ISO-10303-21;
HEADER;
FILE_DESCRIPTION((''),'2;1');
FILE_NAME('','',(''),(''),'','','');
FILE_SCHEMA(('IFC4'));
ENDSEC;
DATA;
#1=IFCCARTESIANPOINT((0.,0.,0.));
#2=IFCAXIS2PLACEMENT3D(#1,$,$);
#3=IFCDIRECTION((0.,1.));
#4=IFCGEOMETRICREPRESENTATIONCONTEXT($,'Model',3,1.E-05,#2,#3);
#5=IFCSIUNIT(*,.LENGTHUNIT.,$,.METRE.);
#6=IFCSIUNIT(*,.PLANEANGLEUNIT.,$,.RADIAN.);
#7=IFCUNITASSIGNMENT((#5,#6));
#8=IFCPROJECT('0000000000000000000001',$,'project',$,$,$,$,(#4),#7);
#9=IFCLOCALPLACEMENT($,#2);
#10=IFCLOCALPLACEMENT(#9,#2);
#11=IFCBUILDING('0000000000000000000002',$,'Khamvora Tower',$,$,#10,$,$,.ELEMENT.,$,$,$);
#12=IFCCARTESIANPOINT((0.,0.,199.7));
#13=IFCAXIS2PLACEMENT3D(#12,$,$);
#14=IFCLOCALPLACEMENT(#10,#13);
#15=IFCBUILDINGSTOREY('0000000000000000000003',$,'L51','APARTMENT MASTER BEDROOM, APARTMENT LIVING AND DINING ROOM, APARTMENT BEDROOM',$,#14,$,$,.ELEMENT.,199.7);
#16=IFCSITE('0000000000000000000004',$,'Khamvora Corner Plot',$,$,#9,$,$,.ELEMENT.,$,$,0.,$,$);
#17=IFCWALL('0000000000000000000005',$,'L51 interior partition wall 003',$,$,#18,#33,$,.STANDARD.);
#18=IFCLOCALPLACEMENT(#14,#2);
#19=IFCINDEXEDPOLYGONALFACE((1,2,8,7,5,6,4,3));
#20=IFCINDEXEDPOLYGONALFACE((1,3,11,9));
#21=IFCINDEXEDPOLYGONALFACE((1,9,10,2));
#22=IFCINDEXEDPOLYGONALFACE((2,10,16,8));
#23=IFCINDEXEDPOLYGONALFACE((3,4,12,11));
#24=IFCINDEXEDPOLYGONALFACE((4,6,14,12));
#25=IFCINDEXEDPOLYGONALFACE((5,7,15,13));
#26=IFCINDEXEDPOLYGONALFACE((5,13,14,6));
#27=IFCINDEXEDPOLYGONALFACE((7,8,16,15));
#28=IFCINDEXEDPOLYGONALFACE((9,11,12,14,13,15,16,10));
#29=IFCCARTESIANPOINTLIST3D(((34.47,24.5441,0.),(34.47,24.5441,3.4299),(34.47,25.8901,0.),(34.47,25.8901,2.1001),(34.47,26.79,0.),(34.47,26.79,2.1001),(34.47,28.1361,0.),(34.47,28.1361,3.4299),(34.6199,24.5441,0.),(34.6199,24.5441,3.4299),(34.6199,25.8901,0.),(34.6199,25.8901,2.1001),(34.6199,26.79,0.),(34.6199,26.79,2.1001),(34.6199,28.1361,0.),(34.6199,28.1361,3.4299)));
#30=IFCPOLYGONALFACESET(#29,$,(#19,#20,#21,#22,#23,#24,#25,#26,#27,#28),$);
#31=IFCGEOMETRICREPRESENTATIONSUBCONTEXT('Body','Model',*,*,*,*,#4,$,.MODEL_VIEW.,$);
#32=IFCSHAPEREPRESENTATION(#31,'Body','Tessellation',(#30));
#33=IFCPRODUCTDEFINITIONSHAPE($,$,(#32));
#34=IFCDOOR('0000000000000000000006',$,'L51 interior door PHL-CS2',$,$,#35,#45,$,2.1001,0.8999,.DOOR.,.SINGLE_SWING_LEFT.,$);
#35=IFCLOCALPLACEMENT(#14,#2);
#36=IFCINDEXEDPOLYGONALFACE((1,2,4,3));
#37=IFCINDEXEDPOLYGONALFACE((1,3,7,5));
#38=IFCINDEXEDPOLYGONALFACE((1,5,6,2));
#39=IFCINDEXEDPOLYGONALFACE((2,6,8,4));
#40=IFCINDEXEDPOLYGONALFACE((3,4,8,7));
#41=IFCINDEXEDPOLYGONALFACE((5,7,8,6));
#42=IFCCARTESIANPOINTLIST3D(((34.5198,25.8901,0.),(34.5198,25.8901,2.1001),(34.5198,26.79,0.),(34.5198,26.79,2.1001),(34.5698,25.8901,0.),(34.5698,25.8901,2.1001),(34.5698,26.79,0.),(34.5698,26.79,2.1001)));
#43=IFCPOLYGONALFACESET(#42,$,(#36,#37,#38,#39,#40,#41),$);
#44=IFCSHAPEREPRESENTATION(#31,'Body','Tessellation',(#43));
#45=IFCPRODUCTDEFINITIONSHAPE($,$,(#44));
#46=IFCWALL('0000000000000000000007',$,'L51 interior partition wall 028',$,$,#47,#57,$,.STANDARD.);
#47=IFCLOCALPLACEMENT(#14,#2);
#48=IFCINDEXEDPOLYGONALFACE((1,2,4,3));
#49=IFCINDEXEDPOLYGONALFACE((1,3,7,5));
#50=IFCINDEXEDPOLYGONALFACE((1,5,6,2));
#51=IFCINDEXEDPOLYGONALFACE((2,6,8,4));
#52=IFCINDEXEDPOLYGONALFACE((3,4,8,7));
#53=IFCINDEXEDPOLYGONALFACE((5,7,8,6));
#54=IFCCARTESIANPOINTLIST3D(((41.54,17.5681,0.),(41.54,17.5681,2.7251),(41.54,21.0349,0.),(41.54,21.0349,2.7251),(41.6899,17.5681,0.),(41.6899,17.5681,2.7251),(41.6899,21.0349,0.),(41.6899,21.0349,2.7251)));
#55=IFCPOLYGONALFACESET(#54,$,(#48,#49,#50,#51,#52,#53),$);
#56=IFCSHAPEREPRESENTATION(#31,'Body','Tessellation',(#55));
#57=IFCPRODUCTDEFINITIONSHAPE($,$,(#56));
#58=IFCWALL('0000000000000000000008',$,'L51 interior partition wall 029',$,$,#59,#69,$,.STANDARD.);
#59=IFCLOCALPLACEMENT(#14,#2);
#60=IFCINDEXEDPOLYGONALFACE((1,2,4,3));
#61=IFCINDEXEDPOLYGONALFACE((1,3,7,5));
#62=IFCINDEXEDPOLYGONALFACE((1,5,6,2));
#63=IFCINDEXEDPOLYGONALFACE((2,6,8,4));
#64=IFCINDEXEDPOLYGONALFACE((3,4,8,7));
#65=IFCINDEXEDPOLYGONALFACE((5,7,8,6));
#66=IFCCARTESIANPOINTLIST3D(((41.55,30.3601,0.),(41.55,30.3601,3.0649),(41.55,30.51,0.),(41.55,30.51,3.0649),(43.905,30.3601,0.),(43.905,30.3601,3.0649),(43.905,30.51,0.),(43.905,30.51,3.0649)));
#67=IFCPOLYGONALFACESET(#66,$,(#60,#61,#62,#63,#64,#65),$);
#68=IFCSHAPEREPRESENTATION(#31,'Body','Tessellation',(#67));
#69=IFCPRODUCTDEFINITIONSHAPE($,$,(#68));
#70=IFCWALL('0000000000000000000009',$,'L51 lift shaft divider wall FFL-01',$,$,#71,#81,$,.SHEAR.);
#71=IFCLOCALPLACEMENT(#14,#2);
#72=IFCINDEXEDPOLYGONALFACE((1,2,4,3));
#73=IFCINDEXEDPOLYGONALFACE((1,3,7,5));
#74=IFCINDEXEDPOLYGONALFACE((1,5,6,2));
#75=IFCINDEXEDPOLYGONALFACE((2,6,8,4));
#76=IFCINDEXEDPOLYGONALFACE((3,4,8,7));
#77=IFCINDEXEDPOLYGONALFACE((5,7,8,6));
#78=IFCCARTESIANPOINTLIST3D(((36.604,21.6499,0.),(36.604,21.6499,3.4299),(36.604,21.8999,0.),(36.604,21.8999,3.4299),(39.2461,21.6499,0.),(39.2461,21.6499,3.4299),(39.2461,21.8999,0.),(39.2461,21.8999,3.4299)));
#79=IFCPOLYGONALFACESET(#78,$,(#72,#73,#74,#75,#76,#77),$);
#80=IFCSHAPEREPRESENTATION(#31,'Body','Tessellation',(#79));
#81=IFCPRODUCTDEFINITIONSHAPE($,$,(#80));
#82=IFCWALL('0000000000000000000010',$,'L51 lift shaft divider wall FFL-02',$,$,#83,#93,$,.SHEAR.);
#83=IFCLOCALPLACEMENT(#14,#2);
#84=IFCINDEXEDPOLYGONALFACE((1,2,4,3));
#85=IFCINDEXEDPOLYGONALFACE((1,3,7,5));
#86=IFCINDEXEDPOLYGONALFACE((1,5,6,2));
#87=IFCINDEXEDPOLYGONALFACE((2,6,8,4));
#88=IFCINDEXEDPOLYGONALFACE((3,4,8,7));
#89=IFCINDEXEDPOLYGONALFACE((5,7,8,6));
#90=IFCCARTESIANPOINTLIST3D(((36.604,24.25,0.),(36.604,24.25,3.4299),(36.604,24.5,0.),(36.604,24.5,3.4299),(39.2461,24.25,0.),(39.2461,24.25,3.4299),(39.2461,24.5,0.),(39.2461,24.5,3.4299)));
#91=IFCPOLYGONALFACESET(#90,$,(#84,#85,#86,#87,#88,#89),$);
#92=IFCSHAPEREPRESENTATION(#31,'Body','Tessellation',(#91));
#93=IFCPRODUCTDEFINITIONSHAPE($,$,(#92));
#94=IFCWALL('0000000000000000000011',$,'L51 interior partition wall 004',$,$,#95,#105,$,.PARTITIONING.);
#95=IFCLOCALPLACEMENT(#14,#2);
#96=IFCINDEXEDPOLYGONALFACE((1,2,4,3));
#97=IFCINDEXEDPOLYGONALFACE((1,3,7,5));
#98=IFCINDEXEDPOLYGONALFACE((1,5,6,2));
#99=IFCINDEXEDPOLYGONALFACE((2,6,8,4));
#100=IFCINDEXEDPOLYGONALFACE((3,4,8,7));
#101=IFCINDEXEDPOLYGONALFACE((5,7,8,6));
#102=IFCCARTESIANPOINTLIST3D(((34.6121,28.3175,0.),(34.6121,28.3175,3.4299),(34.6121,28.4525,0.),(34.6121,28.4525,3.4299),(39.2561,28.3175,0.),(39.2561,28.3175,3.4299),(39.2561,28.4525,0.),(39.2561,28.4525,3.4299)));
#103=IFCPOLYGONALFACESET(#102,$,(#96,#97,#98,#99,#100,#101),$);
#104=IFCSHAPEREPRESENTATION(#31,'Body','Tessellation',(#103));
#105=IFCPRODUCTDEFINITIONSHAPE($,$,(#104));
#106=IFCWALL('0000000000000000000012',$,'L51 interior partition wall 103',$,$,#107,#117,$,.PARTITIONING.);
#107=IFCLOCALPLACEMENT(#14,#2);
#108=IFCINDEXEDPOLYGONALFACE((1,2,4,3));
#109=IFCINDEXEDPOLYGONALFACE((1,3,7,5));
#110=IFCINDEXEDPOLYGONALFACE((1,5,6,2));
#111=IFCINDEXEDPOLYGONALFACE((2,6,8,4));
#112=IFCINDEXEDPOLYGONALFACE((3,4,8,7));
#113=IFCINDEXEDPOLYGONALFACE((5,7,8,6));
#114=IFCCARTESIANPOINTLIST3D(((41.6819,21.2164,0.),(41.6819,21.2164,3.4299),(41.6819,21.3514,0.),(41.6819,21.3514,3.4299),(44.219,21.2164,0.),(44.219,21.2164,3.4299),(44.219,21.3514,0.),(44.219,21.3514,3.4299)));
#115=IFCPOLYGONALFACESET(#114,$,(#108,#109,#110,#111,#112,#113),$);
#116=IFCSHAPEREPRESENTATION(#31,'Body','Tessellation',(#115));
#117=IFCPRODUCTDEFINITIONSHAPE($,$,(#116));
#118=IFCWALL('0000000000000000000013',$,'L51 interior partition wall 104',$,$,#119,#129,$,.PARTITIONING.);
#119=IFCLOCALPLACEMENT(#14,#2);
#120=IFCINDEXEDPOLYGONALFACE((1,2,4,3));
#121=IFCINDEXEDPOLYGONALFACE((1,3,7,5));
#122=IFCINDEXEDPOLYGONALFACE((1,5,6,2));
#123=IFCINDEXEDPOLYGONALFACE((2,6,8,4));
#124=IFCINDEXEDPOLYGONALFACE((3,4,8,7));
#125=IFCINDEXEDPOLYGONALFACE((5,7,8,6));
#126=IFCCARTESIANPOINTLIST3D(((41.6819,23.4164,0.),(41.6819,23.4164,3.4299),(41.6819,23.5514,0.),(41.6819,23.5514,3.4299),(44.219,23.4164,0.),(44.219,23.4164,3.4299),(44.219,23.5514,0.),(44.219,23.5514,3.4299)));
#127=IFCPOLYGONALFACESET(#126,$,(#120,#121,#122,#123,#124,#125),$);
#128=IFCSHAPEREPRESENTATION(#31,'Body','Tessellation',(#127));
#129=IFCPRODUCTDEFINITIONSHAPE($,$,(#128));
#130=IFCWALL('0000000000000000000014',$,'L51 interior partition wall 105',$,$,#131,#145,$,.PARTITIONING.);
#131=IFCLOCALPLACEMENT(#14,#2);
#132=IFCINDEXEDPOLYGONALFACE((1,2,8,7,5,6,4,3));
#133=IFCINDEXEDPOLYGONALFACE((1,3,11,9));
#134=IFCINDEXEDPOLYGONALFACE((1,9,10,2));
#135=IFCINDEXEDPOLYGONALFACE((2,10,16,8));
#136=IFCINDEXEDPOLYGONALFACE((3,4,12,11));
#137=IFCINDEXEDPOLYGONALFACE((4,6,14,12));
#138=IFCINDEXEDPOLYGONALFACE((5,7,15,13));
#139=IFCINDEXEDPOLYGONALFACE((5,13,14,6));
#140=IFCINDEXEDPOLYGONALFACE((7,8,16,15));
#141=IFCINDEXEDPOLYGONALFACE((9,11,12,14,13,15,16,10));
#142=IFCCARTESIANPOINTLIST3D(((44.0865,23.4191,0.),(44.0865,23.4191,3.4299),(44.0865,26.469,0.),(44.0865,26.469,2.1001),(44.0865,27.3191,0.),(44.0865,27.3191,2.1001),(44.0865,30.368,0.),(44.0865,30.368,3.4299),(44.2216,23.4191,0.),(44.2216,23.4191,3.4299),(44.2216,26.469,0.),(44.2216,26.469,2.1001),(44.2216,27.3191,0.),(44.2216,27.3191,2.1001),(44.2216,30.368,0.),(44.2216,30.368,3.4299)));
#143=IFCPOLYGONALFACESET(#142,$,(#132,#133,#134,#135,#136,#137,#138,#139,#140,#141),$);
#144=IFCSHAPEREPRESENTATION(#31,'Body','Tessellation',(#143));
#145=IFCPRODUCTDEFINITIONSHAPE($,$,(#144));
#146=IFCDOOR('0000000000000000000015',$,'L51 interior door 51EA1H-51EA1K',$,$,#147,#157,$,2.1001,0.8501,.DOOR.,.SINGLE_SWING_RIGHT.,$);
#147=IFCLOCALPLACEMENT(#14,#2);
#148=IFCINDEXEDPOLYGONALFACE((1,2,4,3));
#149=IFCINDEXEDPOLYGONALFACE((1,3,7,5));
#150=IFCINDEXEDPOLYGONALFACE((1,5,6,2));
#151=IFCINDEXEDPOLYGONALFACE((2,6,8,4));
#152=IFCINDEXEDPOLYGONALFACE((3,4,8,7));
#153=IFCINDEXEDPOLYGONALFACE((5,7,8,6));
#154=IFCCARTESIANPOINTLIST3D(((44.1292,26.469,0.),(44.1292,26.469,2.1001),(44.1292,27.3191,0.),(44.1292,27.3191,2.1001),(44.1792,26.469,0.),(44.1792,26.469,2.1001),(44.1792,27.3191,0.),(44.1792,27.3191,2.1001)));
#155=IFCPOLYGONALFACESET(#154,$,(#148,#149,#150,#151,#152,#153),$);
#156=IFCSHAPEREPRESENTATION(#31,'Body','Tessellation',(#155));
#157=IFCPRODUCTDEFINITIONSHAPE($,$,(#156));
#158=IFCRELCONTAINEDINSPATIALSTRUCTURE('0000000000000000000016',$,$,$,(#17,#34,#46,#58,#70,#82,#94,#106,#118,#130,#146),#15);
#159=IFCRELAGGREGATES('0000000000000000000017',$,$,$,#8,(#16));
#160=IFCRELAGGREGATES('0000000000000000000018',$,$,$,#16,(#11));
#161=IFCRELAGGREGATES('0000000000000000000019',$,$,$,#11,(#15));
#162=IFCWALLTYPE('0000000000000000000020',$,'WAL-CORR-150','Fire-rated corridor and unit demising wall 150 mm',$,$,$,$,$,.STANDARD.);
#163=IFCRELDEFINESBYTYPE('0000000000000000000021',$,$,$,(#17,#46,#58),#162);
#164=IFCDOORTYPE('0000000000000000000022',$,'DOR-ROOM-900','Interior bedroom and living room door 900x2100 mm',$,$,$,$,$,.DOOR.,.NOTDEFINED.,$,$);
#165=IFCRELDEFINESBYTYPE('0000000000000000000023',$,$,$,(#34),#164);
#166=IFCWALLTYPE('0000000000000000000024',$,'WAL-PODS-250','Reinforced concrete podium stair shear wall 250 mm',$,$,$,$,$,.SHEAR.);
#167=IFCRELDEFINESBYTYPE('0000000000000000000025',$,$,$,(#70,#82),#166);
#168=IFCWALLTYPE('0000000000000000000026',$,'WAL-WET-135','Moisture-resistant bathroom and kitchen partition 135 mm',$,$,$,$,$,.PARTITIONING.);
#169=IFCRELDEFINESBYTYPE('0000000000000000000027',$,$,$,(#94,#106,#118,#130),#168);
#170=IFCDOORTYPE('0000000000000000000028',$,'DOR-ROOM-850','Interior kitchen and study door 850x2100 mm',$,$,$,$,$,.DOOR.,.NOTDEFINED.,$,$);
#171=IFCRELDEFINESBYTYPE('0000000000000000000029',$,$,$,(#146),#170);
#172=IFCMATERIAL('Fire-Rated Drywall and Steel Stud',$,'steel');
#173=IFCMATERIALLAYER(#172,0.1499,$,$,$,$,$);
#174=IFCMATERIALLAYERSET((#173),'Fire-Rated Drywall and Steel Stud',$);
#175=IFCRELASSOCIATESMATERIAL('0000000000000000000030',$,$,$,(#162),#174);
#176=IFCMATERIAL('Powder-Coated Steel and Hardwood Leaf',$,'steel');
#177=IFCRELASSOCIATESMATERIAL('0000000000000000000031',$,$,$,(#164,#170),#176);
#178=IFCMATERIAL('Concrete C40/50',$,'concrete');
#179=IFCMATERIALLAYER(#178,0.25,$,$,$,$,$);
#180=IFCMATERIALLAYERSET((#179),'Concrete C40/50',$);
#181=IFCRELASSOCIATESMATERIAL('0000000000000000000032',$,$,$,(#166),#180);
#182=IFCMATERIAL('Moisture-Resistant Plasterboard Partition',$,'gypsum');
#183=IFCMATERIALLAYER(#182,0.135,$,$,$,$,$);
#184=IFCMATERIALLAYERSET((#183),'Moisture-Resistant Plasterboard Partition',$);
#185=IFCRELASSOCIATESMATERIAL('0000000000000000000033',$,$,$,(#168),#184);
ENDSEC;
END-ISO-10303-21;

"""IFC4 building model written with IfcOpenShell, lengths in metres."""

from ifc_helpers import new_model, si_unit, direction, frame, frame_2d, origin, place, context, subcontext, project, spatial, rectangle, extrude, material, layer, layer_set, type_object, element, fill, save


model = new_model("IFC4")

# Units and contexts
model_context = context("Model", 3, precision=1e-05, world=origin(), true_north=direction((0.0, 1.0)))
body_context = subcontext(model_context, "Body", "Model", "MODEL_VIEW")
ifc_project = project(units=[si_unit("LENGTHUNIT", "METRE"), si_unit("PLANEANGLEUNIT", "RADIAN")], contexts=[model_context])

# Site, building, storey
site_placement = place(None, origin())
site = spatial("IfcSite", under=ifc_project, at=site_placement, Name="Khamvora Corner Plot", CompositionType="ELEMENT", RefElevation=0.0)
building_placement = place(site_placement, origin())
building = spatial("IfcBuilding", under=site, at=building_placement, Name="Khamvora Tower", CompositionType="ELEMENT")
storey_placement = place(building_placement, frame((0.0, 0.0, 199.7)))
storey = spatial("IfcBuildingStorey", under=building, at=storey_placement, Name="L51", Description="APARTMENT MASTER BEDROOM, APARTMENT LIVING AND DINING ROOM, APARTMENT BEDROOM", CompositionType="ELEMENT", Elevation=199.7)

# Shared definitions
ifc_material_1 = material(Name="Powder-Coated Steel and Hardwood Leaf", Category="steel")

# Wall, opening, door
ifc_material_2 = material(Name="Fire-Rated Drywall and Steel Stud", Category="steel")
ifc_layer_1 = layer(ifc_material_2, 0.1499)
ifc_layer_set_1 = layer_set([ifc_layer_1], Name="Fire-Rated Drywall and Steel Stud")
wall_type_1 = type_object("IfcWallType", Name="WAL-CORR-150", Description="Fire-rated corridor and unit demising wall 150 mm", PredefinedType="STANDARD", material=ifc_layer_set_1)
wall_1_placement = place(storey_placement, frame((34.5449, 28.136, 0.0), z_axis=(0.0, 0.0, 1.0), x_axis=(0.0, -1.0, 0.0)))
wall_1 = element("IfcWall", 1, at=wall_1_placement, inside=storey, type_object=wall_type_1, Name="L51 interior partition wall 003", PredefinedType="STANDARD", context=body_context, shape_type="SweptSolid", body=[
    extrude(rectangle(XDim=3.592, YDim=0.1499, at=frame_2d((1.7959, 0.0))), origin(), (0.0, 0.0, 1.0), 3.4299),
])
opening_1_placement = place(wall_1_placement, frame((1.3459, 0.0, 0.0)))
opening_1 = element("IfcOpeningElement", 2, at=opening_1_placement, cuts=wall_1, PredefinedType="OPENING", context=body_context, shape_type="SweptSolid", body=[
    extrude(rectangle(XDim=0.8999, YDim=2.1001, at=frame_2d((0.45, 1.05))), frame((0.0, 0.085, 0.0), z_axis=(0.0, -1.0, 0.0), x_axis=(1.0, 0.0, 0.0)), (0.0, 0.0, 1.0), 0.1699),
])
door_type_1 = type_object("IfcDoorType", Name="DOR-ROOM-900", Description="Interior bedroom and living room door 900x2100 mm", OperationType="NOTDEFINED", PredefinedType="DOOR", material=ifc_material_1)
door_1_placement = place(opening_1_placement, origin())
door_1 = element("IfcDoor", 3, at=door_1_placement, inside=storey, type_object=door_type_1, Name="L51 interior door PHL-CS2", OperationType="SINGLE_SWING_LEFT", OverallHeight=2.1001, OverallWidth=0.8999, PredefinedType="DOOR", context=body_context, shape_type="SweptSolid", body=[
    extrude(rectangle(XDim=0.8999, YDim=2.1001, at=frame_2d((0.45, 1.05))), frame((0.0, 0.0249, 0.0), z_axis=(0.0, -1.0, 0.0), x_axis=(1.0, 0.0, 0.0)), (0.0, 0.0, 1.0), 0.05),
])
fill(opening_1, door_1)

# Walls
wall_2_placement = place(storey_placement, frame((41.615, 21.0349, 0.0), z_axis=(0.0, 0.0, 1.0), x_axis=(0.0, -1.0, 0.0)))
element("IfcWall", 4, at=wall_2_placement, inside=storey, type_object=wall_type_1, Name="L51 interior partition wall 028", PredefinedType="STANDARD", context=body_context, shape_type="SweptSolid", body=[
    extrude(rectangle(XDim=3.4668, YDim=0.1499, at=frame_2d((1.7334, 0.0))), origin(), (0.0, 0.0, 1.0), 2.7251),
])
wall_3_placement = place(storey_placement, frame((43.905, 30.4351, 0.0), z_axis=(0.0, 0.0, 1.0), x_axis=(-1.0, 0.0, 0.0)))
element("IfcWall", 5, at=wall_3_placement, inside=storey, type_object=wall_type_1, Name="L51 interior partition wall 029", PredefinedType="STANDARD", context=body_context, shape_type="SweptSolid", body=[
    extrude(rectangle(XDim=2.355, YDim=0.1499, at=frame_2d((1.1775, 0.0))), origin(), (0.0, 0.0, 1.0), 3.0649),
])
ifc_material_3 = material(Name="Concrete C40/50", Category="concrete")
ifc_layer_2 = layer(ifc_material_3, 0.25)
ifc_layer_set_2 = layer_set([ifc_layer_2], Name="Concrete C40/50")
wall_type_2 = type_object("IfcWallType", Name="WAL-PODS-250", Description="Reinforced concrete podium stair shear wall 250 mm", PredefinedType="SHEAR", material=ifc_layer_set_2)
for number, where, z_axis, x_axis, name in (
    (6, (36.604, 21.7749, 0.0), (0.0, 0.0, 1.0), (1.0, 0.0, 0.0), "L51 lift shaft divider wall FFL-01"),
    (7, (36.604, 24.375, 0.0), (0.0, 0.0, 1.0), (1.0, 0.0, 0.0), "L51 lift shaft divider wall FFL-02"),
):
    element("IfcWall", number, at=place(storey_placement, frame(where, z_axis=z_axis, x_axis=x_axis)), inside=storey, type_object=wall_type_2, Name=name, PredefinedType="SHEAR", context=body_context, shape_type="SweptSolid", body=[
        extrude(rectangle(XDim=2.6421, YDim=0.25, at=frame_2d((1.321, 0.0))), origin(), (0.0, 0.0, 1.0), 3.4299),
    ])
ifc_material_4 = material(Name="Moisture-Resistant Plasterboard Partition", Category="gypsum")
ifc_layer_3 = layer(ifc_material_4, 0.135)
ifc_layer_set_3 = layer_set([ifc_layer_3], Name="Moisture-Resistant Plasterboard Partition")
wall_type_3 = type_object("IfcWallType", Name="WAL-WET-135", Description="Moisture-resistant bathroom and kitchen partition 135 mm", PredefinedType="PARTITIONING", material=ifc_layer_set_3)
wall_4_placement = place(storey_placement, frame((39.2561, 28.385, 0.0), z_axis=(0.0, 0.0, 1.0), x_axis=(-1.0, 0.0, 0.0)))
element("IfcWall", 8, at=wall_4_placement, inside=storey, type_object=wall_type_3, Name="L51 interior partition wall 004", PredefinedType="PARTITIONING", context=body_context, shape_type="SweptSolid", body=[
    extrude(rectangle(XDim=4.644, YDim=0.135, at=frame_2d((2.322, 0.0))), origin(), (0.0, 0.0, 1.0), 3.4299),
])
for number, where, z_axis, x_axis, name in (
    (9, (44.219, 21.2839, 0.0), (0.0, 0.0, 1.0), (-1.0, 0.0, 0.0), "L51 interior partition wall 103"),
    (10, (41.6819, 23.4839, 0.0), (0.0, 0.0, 1.0), (1.0, 0.0, 0.0), "L51 interior partition wall 104"),
):
    element("IfcWall", number, at=place(storey_placement, frame(where, z_axis=z_axis, x_axis=x_axis)), inside=storey, type_object=wall_type_3, Name=name, PredefinedType="PARTITIONING", context=body_context, shape_type="SweptSolid", body=[
        extrude(rectangle(XDim=2.5371, YDim=0.135, at=frame_2d((1.2686, 0.0))), origin(), (0.0, 0.0, 1.0), 3.4299),
    ])

# Wall, opening, door
wall_5_placement = place(storey_placement, frame((44.1541, 23.4189, 0.0), z_axis=(0.0, 0.0, 1.0), x_axis=(0.0, 1.0, 0.0)))
wall_5 = element("IfcWall", 11, at=wall_5_placement, inside=storey, type_object=wall_type_3, Name="L51 interior partition wall 105", PredefinedType="PARTITIONING", context=body_context, shape_type="SweptSolid", body=[
    extrude(rectangle(XDim=6.949, YDim=0.135, at=frame_2d((3.4746, 0.0))), origin(), (0.0, 0.0, 1.0), 3.4299),
])
opening_2_placement = place(wall_5_placement, frame((3.05, 0.0, 0.0)))
opening_2 = element("IfcOpeningElement", 12, at=opening_2_placement, cuts=wall_5, PredefinedType="OPENING", context=body_context, shape_type="SweptSolid", body=[
    extrude(rectangle(XDim=0.8501, YDim=2.1001, at=frame_2d((0.425, 1.05))), frame((0.0, 0.0774, 0.0), z_axis=(0.0, -1.0, 0.0), x_axis=(1.0, 0.0, 0.0)), (0.0, 0.0, 1.0), 0.155),
])
door_type_2 = type_object("IfcDoorType", Name="DOR-ROOM-850", Description="Interior kitchen and study door 850x2100 mm", OperationType="NOTDEFINED", PredefinedType="DOOR", material=ifc_material_1)
door_2_placement = place(opening_2_placement, origin())
door_2 = element("IfcDoor", 13, at=door_2_placement, inside=storey, type_object=door_type_2, Name="L51 interior door 51EA1H-51EA1K", OperationType="SINGLE_SWING_RIGHT", OverallHeight=2.1001, OverallWidth=0.8501, PredefinedType="DOOR", context=body_context, shape_type="SweptSolid", body=[
    extrude(rectangle(XDim=0.8501, YDim=2.1001, at=frame_2d((0.425, 1.05))), frame((0.0, 0.0249, 0.0), z_axis=(0.0, -1.0, 0.0), x_axis=(1.0, 0.0, 0.0)), (0.0, 0.0, 1.0), 0.05),
])
fill(opening_2, door_2)

save(model, "model.ifc")
